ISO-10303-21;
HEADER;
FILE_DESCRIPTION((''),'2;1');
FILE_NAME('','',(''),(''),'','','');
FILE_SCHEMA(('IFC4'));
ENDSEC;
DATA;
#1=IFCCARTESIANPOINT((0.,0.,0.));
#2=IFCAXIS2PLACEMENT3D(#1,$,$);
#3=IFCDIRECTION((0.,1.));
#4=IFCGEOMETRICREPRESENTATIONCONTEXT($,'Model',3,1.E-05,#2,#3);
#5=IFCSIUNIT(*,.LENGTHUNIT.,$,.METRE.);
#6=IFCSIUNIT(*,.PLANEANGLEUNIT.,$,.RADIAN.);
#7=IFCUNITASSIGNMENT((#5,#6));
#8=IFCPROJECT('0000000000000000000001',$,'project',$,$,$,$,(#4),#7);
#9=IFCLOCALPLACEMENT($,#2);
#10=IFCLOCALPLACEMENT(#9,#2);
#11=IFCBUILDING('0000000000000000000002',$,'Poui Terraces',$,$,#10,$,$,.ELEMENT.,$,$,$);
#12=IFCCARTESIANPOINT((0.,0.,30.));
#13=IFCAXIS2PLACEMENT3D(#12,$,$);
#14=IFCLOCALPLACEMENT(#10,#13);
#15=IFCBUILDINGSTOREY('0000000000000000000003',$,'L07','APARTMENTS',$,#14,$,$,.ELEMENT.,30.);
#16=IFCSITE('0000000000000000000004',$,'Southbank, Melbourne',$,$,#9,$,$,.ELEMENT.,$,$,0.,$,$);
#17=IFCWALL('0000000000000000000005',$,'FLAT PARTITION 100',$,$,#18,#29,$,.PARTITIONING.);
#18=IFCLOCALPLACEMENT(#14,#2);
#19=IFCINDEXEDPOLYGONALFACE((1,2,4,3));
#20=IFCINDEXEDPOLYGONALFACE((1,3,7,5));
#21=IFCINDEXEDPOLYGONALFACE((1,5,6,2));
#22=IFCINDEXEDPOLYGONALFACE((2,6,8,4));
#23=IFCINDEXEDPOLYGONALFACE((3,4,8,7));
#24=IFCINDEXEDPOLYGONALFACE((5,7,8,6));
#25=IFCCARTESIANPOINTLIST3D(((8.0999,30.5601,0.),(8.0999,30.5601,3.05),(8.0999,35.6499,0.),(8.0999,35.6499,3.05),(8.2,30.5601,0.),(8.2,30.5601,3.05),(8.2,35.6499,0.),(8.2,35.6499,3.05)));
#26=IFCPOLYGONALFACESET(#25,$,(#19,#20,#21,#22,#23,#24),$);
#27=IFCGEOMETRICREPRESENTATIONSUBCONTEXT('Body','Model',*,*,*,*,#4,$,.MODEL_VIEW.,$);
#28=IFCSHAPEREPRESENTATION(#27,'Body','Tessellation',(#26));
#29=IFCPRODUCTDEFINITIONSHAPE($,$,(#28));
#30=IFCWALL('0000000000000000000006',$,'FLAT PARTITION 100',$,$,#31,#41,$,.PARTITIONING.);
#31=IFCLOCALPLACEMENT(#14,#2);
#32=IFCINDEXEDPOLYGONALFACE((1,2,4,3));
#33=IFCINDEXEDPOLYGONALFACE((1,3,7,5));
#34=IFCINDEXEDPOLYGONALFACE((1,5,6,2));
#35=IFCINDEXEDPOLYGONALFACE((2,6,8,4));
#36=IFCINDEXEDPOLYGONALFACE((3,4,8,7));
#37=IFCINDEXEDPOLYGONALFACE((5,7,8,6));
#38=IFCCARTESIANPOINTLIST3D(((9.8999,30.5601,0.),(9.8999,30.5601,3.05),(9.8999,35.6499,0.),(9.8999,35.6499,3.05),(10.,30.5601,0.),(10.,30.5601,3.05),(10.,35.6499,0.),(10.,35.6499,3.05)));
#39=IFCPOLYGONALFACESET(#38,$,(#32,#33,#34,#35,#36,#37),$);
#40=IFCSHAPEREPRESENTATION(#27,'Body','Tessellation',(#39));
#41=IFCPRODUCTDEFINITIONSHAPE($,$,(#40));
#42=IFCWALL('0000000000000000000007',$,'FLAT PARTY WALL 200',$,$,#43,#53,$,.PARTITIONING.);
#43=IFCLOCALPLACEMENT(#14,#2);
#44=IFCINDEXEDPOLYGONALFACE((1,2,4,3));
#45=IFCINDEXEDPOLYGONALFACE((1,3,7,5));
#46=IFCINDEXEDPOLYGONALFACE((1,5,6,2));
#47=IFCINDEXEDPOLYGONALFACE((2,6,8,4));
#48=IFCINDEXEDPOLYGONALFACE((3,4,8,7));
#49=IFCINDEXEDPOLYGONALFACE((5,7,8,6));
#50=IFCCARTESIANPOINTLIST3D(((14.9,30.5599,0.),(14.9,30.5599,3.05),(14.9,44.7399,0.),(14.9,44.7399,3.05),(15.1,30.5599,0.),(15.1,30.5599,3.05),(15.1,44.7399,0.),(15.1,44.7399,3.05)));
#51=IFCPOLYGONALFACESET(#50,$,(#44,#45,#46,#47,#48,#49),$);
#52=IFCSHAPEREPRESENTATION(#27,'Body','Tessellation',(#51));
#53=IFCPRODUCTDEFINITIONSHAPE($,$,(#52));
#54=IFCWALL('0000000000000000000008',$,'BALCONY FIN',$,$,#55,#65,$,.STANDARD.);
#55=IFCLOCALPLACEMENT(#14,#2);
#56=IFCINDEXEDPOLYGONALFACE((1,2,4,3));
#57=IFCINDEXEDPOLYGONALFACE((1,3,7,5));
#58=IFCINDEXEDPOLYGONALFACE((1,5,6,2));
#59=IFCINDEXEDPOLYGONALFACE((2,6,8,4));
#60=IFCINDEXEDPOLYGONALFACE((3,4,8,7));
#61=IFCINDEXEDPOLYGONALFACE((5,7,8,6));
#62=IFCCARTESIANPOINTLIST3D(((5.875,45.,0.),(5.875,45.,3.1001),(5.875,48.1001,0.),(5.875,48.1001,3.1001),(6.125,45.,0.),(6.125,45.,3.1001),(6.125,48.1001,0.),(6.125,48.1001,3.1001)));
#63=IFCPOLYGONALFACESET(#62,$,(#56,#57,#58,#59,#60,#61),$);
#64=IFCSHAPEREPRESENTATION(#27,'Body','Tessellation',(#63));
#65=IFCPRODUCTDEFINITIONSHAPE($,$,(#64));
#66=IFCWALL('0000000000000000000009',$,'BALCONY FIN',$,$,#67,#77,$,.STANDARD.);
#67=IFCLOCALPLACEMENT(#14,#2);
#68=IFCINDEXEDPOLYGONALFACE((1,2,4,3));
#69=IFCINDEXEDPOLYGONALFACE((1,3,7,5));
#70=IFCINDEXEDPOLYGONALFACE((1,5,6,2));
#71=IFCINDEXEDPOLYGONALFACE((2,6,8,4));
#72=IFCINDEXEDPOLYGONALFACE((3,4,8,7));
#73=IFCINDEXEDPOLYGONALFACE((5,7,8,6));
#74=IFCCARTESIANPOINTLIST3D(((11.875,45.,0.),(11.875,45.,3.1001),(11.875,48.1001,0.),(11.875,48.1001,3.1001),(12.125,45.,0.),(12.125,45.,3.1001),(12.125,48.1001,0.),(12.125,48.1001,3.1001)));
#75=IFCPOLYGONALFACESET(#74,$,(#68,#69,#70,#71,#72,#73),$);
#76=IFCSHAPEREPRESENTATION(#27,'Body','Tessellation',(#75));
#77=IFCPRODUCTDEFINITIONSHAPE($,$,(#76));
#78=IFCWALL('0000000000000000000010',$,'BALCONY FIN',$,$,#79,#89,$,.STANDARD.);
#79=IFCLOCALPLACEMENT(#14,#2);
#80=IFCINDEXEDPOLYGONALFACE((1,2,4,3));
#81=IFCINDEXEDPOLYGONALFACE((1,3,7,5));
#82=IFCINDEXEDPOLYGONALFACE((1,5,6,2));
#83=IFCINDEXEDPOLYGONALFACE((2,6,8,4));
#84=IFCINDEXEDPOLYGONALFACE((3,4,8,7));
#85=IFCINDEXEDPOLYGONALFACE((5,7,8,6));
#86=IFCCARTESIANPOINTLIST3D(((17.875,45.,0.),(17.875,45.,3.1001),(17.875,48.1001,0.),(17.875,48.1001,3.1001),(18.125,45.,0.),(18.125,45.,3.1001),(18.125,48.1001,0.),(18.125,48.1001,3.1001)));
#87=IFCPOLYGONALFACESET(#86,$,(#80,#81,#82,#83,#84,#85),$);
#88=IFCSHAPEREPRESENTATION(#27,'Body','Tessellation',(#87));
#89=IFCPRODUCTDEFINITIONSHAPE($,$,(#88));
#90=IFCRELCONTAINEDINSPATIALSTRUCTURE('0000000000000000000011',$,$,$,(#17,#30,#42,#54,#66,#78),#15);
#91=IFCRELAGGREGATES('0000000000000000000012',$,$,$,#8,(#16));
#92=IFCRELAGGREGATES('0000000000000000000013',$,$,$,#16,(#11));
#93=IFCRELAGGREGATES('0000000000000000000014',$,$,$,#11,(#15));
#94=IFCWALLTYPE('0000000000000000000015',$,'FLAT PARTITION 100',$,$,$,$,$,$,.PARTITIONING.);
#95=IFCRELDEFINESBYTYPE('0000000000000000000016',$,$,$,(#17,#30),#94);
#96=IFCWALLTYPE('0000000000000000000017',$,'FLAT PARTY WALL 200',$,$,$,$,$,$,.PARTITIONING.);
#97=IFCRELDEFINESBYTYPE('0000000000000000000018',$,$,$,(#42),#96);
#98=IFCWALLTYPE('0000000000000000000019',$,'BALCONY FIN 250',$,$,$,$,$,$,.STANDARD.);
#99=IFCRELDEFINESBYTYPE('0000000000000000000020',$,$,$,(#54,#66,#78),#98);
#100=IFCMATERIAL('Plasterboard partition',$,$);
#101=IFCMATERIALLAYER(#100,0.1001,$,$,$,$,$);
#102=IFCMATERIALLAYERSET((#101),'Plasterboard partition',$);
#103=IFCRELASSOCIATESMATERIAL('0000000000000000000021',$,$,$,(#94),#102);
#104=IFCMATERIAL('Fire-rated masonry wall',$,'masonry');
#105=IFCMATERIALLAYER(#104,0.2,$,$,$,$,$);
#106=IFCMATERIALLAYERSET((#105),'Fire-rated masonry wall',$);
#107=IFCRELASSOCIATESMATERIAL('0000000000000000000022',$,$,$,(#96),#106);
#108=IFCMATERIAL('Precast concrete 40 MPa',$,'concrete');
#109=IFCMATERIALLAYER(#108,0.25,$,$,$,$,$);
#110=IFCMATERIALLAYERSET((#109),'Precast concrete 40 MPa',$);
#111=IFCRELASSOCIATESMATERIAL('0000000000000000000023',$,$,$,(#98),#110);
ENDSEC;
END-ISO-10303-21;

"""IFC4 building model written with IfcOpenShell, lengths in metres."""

from ifc_helpers import new_model, si_unit, direction, frame, frame_2d, origin, place, context, subcontext, project, spatial, polyline, rectangle, outline, extrude, source, transform, mapped, material, layer, layer_set, type_object, element, save


model = new_model("IFC4")

# Units and contexts
model_context = context("Model", 3, precision=1e-05, world=origin(), true_north=direction((0.0, 1.0)))
body_context = subcontext(model_context, "Body", "Model", "MODEL_VIEW")
ifc_project = project(units=[si_unit("LENGTHUNIT", "METRE"), si_unit("PLANEANGLEUNIT", "RADIAN")], contexts=[model_context])

# Site, building, storey
site_placement = place(None, origin())
site = spatial("IfcSite", under=ifc_project, at=site_placement, Name="Southbank, Melbourne", CompositionType="ELEMENT", RefElevation=0.0)
building_placement = place(site_placement, origin())
building = spatial("IfcBuilding", under=site, at=building_placement, Name="Poui Terraces", CompositionType="ELEMENT")
storey_placement = place(building_placement, frame((0.0, 0.0, 30.0)))
storey = spatial("IfcBuildingStorey", under=building, at=storey_placement, Name="L07", Description="APARTMENTS", CompositionType="ELEMENT", Elevation=30.0)

# Shared definitions
ifc_material_1 = material(Name="Plasterboard partition")
ifc_layer_1 = layer(ifc_material_1, 0.1001)
ifc_layer_set_1 = layer_set([ifc_layer_1], Name="Plasterboard partition")
wall_type_1 = type_object("IfcWallType", Name="FLAT PARTITION 100", PredefinedType="PARTITIONING", material=ifc_layer_set_1)

# Walls
for number, where, z_axis, x_axis, name in (
    (1, (8.1499, 30.5601, 0.0), (0.0, 0.0, 1.0), (0.0, 1.0, 0.0), "FLAT PARTITION 100"),
    (2, (9.95, 30.5601, 0.0), (0.0, 0.0, 1.0), (0.0, 1.0, 0.0), "FLAT PARTITION 100"),
):
    element("IfcWall", number, at=place(storey_placement, frame(where, z_axis=z_axis, x_axis=x_axis)), inside=storey, type_object=wall_type_1, Name=name, PredefinedType="PARTITIONING", context=body_context, shape_type="SweptSolid", body=[
        extrude(rectangle(XDim=5.0898, YDim=0.1001, at=frame_2d((2.5449, 0.0))), origin(), (0.0, 0.0, 1.0), 3.05),
    ])
ifc_material_2 = material(Name="Fire-rated masonry wall", Category="masonry")
ifc_layer_2 = layer(ifc_material_2, 0.2)
ifc_layer_set_2 = layer_set([ifc_layer_2], Name="Fire-rated masonry wall")
wall_type_2 = type_object("IfcWallType", Name="FLAT PARTY WALL 200", PredefinedType="PARTITIONING", material=ifc_layer_set_2)
wall_1_placement = place(storey_placement, frame((15.0, 30.5601, 0.0), z_axis=(0.0, 0.0, 1.0), x_axis=(0.0, 1.0, 0.0)))
element("IfcWall", 3, at=wall_1_placement, inside=storey, type_object=wall_type_2, Name="FLAT PARTY WALL 200", PredefinedType="PARTITIONING", context=body_context, shape_type="SweptSolid", body=[
    extrude(rectangle(XDim=14.1799, YDim=0.2, at=frame_2d((7.0898, 0.0))), origin(), (0.0, 0.0, 1.0), 3.05),
])
ifc_material_3 = material(Name="Precast concrete 40 MPa", Category="concrete")
ifc_layer_3 = layer(ifc_material_3, 0.25)
ifc_layer_set_3 = layer_set([ifc_layer_3], Name="Precast concrete 40 MPa")
wall_type_3 = type_object("IfcWallType", Name="BALCONY FIN 250", PredefinedType="STANDARD", material=ifc_layer_set_3)
shared_shape_1 = source(origin(), body_context, "Body", "SweptSolid", [
    extrude(outline(polyline([(0.0, 0.0), (0.25, 0.0), (0.25, 3.1001), (0.0, 3.1001), (0.0, 0.0)])), origin(), (0.0, 0.0, 1.0), 3.1001),
])
for number, where, name in (
    (4, (5.875, 45.0, 0.0), "BALCONY FIN"),
    (5, (11.875, 45.0, 0.0), "BALCONY FIN"),
    (6, (17.875, 45.0, 0.0), "BALCONY FIN"),
):
    element("IfcWall", number, at=place(storey_placement, frame(where)), inside=storey, type_object=wall_type_3, Name=name, PredefinedType="STANDARD", context=body_context, shape_type="MappedRepresentation", body=[
        mapped(shared_shape_1, transform((0.0, 0.0, 0.0))),
    ])

save(model, "model.ifc")
